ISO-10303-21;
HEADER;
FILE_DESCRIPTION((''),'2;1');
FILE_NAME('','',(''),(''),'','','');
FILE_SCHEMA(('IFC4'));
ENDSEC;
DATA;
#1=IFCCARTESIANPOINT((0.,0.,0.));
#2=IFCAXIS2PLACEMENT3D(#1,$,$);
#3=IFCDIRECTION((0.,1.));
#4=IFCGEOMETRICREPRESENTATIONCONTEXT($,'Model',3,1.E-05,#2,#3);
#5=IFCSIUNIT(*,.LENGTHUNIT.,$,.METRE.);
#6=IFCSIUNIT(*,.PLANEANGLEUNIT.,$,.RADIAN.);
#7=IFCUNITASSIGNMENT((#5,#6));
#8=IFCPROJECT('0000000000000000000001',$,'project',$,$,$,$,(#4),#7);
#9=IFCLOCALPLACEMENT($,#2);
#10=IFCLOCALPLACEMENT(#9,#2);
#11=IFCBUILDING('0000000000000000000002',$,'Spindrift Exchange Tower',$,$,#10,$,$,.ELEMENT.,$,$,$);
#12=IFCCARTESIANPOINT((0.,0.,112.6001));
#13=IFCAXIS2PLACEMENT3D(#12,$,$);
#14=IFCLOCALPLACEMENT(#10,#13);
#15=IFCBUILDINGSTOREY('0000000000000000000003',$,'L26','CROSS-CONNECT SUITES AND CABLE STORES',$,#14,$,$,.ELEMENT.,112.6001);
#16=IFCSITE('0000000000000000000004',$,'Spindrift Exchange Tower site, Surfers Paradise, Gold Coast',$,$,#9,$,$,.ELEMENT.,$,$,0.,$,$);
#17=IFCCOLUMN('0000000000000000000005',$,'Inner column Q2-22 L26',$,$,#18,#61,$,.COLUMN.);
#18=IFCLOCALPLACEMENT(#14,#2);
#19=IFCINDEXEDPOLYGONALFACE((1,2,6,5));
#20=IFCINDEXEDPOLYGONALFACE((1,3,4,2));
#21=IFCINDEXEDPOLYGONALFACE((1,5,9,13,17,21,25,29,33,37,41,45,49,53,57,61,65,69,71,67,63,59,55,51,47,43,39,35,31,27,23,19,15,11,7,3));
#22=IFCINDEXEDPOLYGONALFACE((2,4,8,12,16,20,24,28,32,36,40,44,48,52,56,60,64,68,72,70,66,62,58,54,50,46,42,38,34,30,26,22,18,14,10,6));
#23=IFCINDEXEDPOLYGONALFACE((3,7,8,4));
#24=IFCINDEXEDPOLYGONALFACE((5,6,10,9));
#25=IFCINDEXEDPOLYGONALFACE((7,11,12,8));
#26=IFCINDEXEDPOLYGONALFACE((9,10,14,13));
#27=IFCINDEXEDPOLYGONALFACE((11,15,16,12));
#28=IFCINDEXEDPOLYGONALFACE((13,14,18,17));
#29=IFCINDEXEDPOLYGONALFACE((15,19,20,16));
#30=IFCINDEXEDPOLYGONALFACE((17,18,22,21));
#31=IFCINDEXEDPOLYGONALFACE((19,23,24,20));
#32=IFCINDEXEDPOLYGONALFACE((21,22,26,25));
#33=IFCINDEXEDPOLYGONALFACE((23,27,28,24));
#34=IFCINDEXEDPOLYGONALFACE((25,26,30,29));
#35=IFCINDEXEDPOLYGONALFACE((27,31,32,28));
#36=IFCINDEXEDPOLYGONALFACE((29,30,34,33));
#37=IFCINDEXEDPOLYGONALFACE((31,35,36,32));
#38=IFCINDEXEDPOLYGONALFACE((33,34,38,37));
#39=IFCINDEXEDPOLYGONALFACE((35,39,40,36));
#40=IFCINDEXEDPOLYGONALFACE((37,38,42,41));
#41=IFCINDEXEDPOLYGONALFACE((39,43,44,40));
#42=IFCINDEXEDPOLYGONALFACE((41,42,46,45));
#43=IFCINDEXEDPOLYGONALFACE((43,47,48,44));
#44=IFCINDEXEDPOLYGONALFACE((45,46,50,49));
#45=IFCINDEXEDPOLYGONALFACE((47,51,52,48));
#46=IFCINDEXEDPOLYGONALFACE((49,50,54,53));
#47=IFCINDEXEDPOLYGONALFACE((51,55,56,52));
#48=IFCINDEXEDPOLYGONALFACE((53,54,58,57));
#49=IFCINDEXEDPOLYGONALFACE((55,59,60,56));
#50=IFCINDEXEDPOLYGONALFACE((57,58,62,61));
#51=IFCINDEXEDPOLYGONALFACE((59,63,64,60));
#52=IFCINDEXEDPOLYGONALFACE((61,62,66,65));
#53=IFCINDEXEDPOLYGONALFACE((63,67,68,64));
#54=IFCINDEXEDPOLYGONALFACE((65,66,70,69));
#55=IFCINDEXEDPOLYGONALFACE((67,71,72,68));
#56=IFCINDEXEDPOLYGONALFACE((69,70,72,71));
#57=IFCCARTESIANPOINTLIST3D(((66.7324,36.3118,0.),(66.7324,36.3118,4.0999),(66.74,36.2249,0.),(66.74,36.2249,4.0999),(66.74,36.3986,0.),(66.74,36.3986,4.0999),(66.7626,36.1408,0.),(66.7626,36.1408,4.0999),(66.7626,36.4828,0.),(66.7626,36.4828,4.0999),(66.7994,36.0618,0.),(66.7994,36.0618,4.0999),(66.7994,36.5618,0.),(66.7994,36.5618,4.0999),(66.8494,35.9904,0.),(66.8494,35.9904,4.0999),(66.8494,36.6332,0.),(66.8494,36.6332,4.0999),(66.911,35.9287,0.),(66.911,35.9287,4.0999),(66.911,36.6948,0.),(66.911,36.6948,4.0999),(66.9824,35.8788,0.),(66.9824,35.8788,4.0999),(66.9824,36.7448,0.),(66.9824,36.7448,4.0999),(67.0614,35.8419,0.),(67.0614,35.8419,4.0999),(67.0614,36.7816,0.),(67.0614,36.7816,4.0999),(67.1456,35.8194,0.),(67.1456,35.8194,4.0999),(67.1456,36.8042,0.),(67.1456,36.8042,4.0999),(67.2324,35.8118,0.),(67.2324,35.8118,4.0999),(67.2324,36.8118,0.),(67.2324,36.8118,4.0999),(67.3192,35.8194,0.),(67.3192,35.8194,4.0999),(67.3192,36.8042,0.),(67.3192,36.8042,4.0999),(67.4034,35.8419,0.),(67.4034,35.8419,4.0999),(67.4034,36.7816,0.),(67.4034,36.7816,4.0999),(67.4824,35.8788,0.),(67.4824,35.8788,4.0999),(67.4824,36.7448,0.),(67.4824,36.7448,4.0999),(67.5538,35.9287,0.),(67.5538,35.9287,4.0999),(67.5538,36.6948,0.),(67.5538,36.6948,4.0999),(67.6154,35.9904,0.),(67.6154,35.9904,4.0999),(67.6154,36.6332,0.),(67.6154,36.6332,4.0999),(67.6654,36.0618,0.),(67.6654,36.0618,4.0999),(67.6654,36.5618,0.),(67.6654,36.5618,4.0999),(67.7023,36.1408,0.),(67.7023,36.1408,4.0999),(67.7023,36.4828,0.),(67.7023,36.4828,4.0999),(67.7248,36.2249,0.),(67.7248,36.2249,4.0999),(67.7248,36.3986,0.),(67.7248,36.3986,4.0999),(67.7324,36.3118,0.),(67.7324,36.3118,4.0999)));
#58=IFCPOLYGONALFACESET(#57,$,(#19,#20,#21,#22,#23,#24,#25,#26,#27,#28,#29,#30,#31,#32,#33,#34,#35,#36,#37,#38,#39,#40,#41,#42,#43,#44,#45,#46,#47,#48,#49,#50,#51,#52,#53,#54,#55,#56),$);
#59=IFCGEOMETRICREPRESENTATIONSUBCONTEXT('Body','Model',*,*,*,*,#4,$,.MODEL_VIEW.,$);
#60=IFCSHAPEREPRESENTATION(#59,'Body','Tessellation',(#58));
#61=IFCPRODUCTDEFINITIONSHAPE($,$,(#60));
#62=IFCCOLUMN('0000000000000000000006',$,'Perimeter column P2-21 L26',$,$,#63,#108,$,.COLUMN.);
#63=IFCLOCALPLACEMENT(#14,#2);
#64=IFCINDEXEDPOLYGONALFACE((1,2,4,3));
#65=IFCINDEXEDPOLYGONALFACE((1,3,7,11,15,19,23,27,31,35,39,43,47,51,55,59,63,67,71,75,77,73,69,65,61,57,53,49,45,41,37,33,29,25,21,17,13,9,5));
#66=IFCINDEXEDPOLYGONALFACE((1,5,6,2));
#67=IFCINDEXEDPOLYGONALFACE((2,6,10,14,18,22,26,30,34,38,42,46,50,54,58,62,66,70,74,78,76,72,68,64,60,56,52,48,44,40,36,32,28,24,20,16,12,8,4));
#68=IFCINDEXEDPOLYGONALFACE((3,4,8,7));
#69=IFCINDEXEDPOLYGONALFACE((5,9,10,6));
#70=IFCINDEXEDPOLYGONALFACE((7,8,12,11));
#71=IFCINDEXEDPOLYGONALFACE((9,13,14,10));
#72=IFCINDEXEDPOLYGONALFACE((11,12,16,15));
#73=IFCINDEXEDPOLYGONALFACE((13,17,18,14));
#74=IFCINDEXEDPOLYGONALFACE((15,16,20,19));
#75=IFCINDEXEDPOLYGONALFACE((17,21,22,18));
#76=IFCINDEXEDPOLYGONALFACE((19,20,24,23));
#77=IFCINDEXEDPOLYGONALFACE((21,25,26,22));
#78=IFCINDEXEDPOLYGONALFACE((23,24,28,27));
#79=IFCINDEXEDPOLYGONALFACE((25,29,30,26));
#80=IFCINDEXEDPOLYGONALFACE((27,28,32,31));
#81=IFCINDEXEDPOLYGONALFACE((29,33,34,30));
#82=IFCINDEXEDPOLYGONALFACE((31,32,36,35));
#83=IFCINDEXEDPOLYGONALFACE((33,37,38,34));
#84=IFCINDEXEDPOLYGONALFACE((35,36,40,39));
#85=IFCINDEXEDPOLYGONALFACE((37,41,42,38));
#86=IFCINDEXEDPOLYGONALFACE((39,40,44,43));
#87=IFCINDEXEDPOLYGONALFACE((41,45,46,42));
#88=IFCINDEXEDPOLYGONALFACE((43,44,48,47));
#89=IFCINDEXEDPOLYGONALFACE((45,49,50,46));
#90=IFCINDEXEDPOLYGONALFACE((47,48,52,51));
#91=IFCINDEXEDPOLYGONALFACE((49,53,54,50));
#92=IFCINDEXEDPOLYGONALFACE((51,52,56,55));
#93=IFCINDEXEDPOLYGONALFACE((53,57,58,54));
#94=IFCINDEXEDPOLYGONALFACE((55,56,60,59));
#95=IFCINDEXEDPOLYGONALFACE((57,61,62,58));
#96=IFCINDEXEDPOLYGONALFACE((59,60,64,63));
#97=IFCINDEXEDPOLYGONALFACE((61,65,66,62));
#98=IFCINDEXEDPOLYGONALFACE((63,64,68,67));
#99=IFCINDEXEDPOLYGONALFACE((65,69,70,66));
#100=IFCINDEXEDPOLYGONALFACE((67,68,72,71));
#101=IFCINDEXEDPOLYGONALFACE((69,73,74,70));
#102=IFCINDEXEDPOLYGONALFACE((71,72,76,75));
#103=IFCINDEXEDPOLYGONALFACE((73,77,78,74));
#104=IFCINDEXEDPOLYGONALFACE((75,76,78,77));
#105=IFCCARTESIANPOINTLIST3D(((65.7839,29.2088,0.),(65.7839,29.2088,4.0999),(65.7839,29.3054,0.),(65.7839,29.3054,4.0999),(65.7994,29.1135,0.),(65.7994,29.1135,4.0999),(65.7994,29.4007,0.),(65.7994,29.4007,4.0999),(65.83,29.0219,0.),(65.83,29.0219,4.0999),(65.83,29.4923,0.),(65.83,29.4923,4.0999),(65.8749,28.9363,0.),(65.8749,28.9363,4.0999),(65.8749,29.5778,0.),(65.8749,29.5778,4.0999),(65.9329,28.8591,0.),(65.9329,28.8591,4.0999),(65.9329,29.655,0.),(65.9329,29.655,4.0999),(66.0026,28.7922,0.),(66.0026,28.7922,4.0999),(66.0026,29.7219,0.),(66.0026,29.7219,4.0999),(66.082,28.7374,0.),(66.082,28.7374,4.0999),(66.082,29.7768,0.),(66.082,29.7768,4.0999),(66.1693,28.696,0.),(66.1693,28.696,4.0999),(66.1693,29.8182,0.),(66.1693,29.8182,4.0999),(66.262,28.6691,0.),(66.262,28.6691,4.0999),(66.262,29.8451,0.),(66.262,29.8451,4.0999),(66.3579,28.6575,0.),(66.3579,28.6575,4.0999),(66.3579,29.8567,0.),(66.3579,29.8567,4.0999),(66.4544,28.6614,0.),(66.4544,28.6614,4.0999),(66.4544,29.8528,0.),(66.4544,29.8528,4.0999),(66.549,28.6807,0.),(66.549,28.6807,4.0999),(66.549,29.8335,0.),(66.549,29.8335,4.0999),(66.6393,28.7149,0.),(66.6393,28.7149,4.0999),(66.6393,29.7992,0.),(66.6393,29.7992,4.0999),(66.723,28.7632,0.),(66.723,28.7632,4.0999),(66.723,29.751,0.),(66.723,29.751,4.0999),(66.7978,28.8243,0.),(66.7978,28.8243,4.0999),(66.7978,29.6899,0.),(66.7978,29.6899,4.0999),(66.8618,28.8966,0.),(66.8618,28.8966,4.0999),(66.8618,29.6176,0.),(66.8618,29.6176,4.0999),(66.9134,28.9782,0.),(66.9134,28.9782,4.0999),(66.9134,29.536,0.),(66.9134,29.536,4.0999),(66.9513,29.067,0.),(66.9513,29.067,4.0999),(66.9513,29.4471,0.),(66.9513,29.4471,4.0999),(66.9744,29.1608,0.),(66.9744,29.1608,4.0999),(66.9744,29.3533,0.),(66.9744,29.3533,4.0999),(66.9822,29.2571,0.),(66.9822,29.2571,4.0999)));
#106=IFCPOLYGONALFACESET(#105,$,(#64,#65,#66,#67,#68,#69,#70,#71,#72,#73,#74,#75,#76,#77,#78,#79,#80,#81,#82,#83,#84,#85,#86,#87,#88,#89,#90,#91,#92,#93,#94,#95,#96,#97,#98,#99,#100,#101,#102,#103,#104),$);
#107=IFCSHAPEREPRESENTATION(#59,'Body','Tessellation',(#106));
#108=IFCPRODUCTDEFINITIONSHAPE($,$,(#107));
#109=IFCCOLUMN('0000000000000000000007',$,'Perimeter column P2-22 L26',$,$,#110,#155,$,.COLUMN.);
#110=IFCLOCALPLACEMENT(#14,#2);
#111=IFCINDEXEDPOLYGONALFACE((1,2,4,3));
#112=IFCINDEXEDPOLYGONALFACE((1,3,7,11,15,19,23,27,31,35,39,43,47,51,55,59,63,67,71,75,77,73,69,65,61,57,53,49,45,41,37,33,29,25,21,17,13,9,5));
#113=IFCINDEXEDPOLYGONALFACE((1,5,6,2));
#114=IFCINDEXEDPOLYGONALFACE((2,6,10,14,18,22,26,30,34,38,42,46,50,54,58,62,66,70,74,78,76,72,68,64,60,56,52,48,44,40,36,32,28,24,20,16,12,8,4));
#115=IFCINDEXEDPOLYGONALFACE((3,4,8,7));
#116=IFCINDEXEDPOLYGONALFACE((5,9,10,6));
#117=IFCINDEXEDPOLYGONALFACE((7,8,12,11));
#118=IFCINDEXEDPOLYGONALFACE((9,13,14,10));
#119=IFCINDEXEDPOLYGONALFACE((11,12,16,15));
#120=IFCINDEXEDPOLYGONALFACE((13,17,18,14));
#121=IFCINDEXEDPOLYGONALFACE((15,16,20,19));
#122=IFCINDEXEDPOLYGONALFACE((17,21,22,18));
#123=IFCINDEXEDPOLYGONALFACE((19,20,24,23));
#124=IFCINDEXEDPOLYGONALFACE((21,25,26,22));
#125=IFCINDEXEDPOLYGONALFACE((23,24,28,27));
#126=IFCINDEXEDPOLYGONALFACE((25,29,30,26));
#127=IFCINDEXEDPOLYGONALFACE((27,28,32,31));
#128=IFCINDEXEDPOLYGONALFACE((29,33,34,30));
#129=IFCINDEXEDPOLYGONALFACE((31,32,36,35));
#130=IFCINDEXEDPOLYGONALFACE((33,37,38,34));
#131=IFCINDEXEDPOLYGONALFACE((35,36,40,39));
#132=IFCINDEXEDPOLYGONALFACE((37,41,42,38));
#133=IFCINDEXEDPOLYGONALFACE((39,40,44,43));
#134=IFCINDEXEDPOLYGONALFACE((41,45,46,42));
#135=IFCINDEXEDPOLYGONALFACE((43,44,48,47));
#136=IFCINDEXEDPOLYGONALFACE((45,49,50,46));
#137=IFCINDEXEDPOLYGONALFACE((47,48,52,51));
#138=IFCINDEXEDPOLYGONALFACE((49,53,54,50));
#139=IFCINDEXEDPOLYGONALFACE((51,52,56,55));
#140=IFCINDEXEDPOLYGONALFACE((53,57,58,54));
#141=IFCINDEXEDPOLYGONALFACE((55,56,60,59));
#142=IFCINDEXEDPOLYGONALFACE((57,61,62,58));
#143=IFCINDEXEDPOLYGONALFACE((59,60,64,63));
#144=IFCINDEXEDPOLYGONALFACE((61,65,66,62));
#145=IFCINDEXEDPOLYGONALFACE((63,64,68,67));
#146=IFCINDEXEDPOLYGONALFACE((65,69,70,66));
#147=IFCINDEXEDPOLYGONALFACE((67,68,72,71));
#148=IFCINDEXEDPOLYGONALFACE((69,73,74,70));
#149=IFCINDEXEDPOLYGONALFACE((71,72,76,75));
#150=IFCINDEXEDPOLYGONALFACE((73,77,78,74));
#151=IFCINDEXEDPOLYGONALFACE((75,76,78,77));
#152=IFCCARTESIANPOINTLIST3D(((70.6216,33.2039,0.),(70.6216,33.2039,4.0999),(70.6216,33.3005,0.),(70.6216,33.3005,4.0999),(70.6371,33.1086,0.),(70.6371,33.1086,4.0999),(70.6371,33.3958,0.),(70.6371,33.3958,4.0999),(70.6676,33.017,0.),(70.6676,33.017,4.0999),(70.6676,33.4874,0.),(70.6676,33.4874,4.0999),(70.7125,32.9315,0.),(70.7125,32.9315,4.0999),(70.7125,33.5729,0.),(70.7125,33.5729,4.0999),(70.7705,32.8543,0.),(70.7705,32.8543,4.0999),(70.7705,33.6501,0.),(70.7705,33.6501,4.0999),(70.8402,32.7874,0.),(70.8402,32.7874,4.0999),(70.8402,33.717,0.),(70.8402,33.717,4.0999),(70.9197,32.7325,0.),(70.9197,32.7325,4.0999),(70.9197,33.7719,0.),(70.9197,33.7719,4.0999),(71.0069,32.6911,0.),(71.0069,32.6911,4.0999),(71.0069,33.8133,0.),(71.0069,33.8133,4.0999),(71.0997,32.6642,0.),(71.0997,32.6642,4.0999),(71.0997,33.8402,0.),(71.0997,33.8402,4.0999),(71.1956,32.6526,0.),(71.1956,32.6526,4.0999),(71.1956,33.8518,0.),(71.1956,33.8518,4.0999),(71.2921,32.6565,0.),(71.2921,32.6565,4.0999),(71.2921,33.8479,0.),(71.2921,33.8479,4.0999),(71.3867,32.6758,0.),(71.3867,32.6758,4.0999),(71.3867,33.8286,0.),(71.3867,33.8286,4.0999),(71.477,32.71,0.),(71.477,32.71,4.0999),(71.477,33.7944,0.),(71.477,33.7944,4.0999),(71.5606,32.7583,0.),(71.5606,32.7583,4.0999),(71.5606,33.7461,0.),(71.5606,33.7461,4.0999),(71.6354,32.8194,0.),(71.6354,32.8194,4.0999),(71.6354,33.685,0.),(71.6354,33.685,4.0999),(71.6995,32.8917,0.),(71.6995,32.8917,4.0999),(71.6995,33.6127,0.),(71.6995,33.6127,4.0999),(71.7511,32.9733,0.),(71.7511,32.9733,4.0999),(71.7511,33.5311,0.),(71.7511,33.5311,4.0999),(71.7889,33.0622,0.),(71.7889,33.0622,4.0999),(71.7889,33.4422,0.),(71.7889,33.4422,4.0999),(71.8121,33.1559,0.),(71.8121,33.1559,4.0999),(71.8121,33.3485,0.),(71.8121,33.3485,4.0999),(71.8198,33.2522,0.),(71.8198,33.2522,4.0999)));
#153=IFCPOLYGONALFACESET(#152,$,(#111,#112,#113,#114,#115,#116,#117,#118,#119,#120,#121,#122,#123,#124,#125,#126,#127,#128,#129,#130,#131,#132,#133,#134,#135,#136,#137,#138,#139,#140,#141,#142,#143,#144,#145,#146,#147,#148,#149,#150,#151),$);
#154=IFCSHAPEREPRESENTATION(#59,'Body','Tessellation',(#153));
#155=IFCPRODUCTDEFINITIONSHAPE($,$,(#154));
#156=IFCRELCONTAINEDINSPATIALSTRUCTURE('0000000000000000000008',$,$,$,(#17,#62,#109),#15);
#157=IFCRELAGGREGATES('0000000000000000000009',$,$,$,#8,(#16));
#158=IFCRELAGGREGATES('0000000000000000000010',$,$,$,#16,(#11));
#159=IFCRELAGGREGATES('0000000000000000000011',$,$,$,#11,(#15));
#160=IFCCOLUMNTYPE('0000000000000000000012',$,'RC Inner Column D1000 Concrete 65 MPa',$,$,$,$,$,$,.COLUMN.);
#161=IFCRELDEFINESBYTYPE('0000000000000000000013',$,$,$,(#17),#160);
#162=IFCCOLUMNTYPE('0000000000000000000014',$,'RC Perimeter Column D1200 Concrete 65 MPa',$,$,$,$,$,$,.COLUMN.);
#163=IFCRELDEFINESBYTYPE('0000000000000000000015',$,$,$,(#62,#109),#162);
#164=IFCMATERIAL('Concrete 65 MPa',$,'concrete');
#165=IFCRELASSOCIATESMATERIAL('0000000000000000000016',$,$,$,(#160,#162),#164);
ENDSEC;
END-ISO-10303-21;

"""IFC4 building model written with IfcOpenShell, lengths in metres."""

from ifc_helpers import new_model, si_unit, direction, frame, origin, origin_2d, place, context, subcontext, project, spatial, circle, extrude, source, transform, mapped, material, material_profile, profile_set, type_object, element, save


model = new_model("IFC4")

# Units and contexts
model_context = context("Model", 3, precision=1e-05, world=origin(), true_north=direction((0.0, 1.0)))
body_context = subcontext(model_context, "Body", "Model", "MODEL_VIEW")
ifc_project = project(units=[si_unit("LENGTHUNIT", "METRE"), si_unit("PLANEANGLEUNIT", "RADIAN")], contexts=[model_context])

# Site, building, storey
site_placement = place(None, origin())
site = spatial("IfcSite", under=ifc_project, at=site_placement, Name="Spindrift Exchange Tower site, Surfers Paradise, Gold Coast", CompositionType="ELEMENT", RefElevation=0.0)
building_placement = place(site_placement, origin())
building = spatial("IfcBuilding", under=site, at=building_placement, Name="Spindrift Exchange Tower", CompositionType="ELEMENT")
storey_placement = place(building_placement, frame((0.0, 0.0, 112.6001)))
storey = spatial("IfcBuildingStorey", under=building, at=storey_placement, Name="L26", Description="CROSS-CONNECT SUITES AND CABLE STORES", CompositionType="ELEMENT", Elevation=112.6001)

# Columns
ifc_material_1 = material(Name="Concrete 65 MPa", Category="concrete")
ifc_material_profile_1 = material_profile(ifc_material_1, circle(Radius=0.5, at=origin_2d()), Name="RC D1000")
ifc_profile_set_1 = profile_set([ifc_material_profile_1], Name="Concrete 65 MPa")
column_type_1 = type_object("IfcColumnType", Name="RC Inner Column D1000 Concrete 65 MPa", PredefinedType="COLUMN", material=ifc_profile_set_1)
shared_shape_1 = source(origin(), body_context, "Body", "SweptSolid", [
    extrude(circle(Radius=0.5, at=origin_2d()), origin(), (0.0, 0.0, 1.0), 4.0999),
])
column_placement = place(storey_placement, frame((67.2324, 36.3118, 0.0), z_axis=(0.0, 0.0, 1.0), x_axis=(1.0, 0.0, 0.0)))
element("IfcColumn", 1, at=column_placement, inside=storey, type_object=column_type_1, Name="Inner column Q2-22 L26", PredefinedType="COLUMN", context=body_context, shape_type="MappedRepresentation", body=[
    mapped(shared_shape_1, transform((0.0, 0.0, 0.0), scale=1.0)),
])
ifc_material_profile_2 = material_profile(ifc_material_1, circle(Radius=0.6001, at=origin_2d()), Name="RC D1200")
ifc_profile_set_2 = profile_set([ifc_material_profile_2], Name="Concrete 65 MPa")
column_type_2 = type_object("IfcColumnType", Name="RC Perimeter Column D1200 Concrete 65 MPa", PredefinedType="COLUMN", material=ifc_profile_set_2)
shared_shape_2 = source(origin(), body_context, "Body", "SweptSolid", [
    extrude(circle(Radius=0.6001, at=origin_2d()), origin(), (0.0, 0.0, 1.0), 4.0999),
])
for number, where, z_axis, x_axis, name in (
    (2, (66.3821, 29.2571, 0.0), (0.0, 0.0, 1.0), (1.0, 0.0, 0.0), "Perimeter column P2-21 L26"),
    (3, (71.2197, 33.2522, 0.0), (0.0, 0.0, 1.0), (1.0, 0.0, 0.0), "Perimeter column P2-22 L26"),
):
    element("IfcColumn", number, at=place(storey_placement, frame(where, z_axis=z_axis, x_axis=x_axis)), inside=storey, type_object=column_type_2, Name=name, PredefinedType="COLUMN", context=body_context, shape_type="MappedRepresentation", body=[
        mapped(shared_shape_2, transform((0.0, 0.0, 0.0), scale=1.0)),
    ])

save(model, "model.ifc")
